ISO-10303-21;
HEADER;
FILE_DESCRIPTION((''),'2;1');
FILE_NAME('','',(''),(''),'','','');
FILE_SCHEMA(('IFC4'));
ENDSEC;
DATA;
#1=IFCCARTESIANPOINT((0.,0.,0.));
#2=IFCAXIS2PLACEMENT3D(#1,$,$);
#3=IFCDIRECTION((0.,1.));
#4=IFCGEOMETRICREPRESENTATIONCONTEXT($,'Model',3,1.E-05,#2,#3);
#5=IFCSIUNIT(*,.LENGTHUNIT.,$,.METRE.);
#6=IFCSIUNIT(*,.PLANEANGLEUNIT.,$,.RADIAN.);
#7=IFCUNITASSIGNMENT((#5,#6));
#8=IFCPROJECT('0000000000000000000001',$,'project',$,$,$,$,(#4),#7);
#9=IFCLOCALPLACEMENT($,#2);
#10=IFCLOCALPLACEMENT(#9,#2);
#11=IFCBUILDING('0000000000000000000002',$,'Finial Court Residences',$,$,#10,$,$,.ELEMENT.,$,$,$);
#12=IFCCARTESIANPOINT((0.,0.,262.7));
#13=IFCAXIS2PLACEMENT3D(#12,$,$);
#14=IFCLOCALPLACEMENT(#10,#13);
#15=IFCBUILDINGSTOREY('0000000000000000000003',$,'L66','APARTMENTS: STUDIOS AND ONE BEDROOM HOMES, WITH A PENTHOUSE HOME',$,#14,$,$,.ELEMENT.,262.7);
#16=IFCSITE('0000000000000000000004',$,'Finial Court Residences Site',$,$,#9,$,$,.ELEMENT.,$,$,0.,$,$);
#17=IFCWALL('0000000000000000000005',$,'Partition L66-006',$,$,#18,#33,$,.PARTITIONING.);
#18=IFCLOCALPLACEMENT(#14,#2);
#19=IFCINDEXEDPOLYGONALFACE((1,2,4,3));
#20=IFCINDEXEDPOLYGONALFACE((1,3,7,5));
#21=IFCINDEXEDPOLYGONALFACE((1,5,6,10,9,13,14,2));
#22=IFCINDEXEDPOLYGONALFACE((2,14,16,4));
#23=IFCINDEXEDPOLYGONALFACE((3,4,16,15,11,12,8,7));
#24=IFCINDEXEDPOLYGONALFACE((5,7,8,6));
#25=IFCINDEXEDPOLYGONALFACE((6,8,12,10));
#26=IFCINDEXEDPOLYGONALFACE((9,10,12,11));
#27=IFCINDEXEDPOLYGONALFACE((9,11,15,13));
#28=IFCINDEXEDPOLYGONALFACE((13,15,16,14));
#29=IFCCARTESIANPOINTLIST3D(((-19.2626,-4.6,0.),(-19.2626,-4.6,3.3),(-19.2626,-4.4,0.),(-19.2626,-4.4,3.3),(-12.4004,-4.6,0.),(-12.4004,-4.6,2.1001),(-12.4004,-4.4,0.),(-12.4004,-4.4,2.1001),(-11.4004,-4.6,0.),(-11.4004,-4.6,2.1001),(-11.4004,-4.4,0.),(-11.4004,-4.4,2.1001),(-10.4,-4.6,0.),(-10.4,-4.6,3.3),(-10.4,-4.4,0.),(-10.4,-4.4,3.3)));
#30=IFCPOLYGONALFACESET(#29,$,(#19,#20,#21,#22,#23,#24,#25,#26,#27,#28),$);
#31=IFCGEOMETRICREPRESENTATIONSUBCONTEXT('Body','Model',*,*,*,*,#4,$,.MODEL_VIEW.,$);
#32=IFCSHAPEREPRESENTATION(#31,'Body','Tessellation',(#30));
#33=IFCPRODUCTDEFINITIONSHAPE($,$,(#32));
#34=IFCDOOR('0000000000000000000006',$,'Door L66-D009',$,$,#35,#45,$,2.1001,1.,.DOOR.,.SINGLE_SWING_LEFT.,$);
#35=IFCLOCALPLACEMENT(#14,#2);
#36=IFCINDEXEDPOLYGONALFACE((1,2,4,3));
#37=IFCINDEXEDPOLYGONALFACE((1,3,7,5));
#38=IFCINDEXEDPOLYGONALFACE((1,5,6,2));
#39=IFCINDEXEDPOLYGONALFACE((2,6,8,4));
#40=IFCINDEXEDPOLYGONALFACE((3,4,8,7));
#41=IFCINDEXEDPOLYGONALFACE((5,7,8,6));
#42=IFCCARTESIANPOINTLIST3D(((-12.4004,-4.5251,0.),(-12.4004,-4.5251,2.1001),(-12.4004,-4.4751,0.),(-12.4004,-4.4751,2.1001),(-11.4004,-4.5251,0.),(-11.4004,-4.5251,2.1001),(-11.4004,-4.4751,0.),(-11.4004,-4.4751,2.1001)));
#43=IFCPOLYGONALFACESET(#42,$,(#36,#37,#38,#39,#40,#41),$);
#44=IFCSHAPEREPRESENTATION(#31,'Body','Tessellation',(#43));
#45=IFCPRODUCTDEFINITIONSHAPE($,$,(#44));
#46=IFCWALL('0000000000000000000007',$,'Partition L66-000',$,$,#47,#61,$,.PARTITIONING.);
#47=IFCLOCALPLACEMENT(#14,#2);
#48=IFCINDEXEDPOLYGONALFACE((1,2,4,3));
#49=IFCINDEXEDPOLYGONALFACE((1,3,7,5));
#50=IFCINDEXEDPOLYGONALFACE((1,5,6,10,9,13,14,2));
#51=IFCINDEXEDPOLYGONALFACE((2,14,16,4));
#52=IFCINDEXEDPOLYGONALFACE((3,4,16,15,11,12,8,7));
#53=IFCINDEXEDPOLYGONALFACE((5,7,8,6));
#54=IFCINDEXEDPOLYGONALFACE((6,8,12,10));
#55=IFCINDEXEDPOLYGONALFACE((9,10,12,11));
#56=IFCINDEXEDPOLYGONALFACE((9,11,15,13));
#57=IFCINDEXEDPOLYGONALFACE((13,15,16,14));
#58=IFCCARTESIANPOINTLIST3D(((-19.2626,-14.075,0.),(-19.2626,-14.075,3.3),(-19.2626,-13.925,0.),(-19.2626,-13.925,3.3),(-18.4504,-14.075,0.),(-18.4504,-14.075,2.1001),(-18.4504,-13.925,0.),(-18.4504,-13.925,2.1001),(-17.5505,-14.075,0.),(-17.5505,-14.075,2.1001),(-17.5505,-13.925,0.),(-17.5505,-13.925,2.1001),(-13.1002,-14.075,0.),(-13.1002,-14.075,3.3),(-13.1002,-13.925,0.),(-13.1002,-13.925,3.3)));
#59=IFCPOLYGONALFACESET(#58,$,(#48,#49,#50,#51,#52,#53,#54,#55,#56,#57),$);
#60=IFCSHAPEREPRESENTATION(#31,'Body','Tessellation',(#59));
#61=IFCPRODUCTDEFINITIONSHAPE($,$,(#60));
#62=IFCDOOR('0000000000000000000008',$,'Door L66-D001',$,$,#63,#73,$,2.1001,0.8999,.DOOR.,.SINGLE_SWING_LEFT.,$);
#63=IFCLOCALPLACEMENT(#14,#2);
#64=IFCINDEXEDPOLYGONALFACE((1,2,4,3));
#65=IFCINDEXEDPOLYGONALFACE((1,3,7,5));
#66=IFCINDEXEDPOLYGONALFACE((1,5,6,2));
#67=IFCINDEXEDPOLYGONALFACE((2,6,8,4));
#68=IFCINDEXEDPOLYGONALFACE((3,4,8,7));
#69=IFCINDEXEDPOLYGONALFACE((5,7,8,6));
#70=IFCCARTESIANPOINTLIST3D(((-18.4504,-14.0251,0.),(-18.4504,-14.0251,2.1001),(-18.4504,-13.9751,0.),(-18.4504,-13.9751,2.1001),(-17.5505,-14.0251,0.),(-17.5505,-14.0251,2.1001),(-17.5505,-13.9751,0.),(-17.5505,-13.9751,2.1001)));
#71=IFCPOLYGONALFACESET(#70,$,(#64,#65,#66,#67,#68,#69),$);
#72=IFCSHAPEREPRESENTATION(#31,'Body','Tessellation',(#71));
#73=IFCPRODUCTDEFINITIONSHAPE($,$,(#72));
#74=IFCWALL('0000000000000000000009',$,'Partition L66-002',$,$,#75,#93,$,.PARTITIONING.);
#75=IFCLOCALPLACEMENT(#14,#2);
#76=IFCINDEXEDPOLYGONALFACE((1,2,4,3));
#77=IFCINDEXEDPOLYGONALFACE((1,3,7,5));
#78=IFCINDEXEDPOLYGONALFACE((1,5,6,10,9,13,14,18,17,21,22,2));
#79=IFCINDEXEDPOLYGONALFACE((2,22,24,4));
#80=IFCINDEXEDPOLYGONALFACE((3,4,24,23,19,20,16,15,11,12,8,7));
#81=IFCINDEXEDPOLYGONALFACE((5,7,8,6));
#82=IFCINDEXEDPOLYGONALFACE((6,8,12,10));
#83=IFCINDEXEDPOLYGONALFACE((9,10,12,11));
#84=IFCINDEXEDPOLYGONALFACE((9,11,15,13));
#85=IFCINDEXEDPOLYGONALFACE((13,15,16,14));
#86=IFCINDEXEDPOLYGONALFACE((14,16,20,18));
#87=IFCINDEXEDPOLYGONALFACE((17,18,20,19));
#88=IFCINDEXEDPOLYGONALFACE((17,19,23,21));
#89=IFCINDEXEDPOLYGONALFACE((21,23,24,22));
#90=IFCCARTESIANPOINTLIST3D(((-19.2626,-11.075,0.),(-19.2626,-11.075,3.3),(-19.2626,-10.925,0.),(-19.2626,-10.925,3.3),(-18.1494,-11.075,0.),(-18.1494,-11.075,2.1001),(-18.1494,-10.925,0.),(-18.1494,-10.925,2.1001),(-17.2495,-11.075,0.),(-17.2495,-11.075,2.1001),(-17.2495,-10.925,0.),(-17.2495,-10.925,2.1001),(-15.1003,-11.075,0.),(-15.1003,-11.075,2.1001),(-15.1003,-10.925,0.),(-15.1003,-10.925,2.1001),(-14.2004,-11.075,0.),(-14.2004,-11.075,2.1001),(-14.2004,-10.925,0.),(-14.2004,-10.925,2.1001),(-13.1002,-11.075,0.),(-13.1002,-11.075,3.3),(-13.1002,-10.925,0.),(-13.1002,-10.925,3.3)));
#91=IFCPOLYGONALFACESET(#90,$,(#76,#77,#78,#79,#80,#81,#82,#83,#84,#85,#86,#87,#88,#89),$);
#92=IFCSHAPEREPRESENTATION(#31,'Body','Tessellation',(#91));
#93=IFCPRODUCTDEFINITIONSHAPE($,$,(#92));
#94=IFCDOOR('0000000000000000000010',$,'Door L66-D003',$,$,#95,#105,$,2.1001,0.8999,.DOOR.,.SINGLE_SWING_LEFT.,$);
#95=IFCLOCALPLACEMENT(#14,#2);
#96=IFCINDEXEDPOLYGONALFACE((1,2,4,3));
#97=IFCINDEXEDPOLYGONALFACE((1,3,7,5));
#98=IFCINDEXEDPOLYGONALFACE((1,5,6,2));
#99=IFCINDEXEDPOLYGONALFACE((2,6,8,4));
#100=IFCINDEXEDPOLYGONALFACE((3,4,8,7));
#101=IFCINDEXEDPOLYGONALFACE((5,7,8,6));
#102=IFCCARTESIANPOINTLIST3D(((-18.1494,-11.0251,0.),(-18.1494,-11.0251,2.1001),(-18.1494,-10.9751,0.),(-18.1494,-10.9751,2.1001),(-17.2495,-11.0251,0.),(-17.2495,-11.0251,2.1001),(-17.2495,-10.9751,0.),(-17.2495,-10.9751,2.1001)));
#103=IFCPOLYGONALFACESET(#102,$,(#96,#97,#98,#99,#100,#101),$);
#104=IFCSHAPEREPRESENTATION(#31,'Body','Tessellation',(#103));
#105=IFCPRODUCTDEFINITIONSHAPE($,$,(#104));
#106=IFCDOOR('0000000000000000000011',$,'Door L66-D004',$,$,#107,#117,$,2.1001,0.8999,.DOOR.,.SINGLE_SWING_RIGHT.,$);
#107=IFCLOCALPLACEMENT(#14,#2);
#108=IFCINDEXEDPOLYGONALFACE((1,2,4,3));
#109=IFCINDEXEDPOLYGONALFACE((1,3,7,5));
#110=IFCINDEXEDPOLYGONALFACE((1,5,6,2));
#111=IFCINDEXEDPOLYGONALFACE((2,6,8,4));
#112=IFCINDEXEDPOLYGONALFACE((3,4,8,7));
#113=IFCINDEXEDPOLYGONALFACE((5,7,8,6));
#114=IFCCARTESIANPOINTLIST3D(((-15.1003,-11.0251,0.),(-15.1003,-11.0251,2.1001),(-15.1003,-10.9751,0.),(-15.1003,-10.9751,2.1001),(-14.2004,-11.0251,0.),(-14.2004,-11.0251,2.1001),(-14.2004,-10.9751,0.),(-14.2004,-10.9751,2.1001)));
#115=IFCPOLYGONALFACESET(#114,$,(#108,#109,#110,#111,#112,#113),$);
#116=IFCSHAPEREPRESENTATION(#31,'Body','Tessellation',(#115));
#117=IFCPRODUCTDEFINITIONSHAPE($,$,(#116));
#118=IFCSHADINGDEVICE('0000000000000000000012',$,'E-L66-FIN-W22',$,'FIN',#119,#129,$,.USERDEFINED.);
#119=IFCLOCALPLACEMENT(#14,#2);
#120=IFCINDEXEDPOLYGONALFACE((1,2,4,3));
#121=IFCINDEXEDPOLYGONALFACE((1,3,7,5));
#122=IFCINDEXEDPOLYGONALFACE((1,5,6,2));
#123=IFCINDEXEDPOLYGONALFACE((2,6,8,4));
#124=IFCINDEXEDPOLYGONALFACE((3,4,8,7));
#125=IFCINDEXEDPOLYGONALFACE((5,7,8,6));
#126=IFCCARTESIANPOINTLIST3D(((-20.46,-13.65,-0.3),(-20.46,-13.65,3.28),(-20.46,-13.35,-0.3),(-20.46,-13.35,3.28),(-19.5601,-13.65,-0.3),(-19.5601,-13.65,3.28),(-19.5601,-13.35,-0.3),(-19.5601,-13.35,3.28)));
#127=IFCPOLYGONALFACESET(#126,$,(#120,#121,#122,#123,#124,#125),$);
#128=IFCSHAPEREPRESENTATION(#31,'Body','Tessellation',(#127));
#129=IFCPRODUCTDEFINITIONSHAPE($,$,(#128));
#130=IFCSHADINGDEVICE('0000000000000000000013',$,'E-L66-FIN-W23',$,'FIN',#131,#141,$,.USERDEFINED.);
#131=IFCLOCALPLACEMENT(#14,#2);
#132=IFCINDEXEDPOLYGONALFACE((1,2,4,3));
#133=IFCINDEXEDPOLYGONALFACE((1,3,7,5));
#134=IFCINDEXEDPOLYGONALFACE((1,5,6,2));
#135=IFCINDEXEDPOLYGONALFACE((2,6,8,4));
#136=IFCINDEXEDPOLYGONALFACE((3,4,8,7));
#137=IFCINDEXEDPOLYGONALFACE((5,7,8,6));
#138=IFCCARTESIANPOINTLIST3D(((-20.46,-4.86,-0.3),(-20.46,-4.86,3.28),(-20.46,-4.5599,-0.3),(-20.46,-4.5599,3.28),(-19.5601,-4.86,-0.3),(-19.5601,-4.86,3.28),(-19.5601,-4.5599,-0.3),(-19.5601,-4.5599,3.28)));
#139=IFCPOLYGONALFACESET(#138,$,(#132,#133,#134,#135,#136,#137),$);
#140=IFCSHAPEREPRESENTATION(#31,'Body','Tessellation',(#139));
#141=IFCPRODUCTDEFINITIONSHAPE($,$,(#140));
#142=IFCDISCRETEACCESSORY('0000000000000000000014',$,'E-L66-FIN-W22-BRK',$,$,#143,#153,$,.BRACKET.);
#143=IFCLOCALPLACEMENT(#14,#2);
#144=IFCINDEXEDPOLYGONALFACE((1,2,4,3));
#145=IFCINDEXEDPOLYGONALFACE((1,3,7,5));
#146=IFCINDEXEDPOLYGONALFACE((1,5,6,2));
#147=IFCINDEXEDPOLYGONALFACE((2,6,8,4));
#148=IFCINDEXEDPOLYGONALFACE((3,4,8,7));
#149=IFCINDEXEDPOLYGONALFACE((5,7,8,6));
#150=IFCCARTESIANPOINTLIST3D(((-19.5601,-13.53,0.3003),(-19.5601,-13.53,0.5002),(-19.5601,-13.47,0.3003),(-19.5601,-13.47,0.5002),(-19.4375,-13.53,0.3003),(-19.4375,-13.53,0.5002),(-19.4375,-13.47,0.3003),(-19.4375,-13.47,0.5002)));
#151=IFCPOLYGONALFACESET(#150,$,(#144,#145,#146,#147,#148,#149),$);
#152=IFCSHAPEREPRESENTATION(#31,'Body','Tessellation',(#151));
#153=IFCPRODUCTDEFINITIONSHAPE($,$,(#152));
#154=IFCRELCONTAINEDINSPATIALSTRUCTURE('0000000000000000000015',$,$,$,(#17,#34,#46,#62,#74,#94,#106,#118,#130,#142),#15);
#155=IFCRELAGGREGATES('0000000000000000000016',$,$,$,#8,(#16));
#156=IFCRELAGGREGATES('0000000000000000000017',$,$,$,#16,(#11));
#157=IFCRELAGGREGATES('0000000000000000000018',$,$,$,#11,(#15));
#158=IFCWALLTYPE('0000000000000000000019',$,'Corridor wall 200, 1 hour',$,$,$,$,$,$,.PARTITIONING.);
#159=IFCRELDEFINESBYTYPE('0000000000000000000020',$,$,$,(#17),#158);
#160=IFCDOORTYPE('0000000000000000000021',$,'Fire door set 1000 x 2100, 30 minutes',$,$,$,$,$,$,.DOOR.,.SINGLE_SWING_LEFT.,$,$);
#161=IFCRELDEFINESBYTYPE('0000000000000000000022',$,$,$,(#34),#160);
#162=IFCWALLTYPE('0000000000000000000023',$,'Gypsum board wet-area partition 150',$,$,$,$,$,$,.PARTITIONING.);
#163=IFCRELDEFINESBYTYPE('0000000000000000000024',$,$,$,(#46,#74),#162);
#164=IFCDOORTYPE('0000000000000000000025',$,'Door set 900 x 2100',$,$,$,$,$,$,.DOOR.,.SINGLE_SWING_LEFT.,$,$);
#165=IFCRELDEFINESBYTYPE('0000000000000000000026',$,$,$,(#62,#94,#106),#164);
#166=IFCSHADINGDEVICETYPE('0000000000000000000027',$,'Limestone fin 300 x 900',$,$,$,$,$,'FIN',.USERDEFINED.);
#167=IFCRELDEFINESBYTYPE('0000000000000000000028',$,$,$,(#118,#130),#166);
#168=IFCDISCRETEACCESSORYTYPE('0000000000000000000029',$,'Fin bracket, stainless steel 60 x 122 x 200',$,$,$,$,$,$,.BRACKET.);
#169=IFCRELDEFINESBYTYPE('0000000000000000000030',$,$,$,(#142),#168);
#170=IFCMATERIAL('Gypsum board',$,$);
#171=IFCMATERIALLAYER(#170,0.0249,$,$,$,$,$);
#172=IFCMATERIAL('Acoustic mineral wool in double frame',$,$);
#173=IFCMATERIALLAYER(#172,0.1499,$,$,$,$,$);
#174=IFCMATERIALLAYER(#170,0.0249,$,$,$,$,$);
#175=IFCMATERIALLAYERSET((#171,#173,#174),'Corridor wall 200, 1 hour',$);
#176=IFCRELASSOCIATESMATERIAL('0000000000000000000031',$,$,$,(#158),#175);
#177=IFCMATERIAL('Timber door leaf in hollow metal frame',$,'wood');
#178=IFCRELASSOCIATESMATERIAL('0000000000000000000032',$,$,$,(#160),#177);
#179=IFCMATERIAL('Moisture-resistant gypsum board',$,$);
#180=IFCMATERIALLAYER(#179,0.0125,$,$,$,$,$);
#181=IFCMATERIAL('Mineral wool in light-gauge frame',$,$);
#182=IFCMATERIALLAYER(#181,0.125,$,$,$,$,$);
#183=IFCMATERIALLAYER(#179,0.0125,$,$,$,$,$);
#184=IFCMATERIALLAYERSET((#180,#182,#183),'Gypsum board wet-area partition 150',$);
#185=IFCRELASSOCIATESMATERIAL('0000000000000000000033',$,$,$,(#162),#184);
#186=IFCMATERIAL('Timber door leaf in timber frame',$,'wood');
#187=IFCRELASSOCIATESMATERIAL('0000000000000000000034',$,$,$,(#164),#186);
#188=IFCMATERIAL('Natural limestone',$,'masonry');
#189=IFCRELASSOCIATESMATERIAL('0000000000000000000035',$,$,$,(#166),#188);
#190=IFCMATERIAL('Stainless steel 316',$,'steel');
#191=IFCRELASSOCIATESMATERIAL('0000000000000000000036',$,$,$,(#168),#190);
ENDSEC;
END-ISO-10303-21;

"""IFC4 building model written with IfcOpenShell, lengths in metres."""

from ifc_helpers import new_model, si_unit, direction, frame, frame_2d, origin, origin_2d, place, context, subcontext, project, spatial, rectangle, extrude, material, layer, layer_set, type_object, element, fill, save


model = new_model("IFC4")

# Units and contexts
model_context = context("Model", 3, precision=1e-05, world=origin(), true_north=direction((0.0, 1.0)))
body_context = subcontext(model_context, "Body", "Model", "MODEL_VIEW")
ifc_project = project(units=[si_unit("LENGTHUNIT", "METRE"), si_unit("PLANEANGLEUNIT", "RADIAN")], contexts=[model_context])

# Site, building, storey
site_placement = place(None, origin())
site = spatial("IfcSite", under=ifc_project, at=site_placement, Name="Finial Court Residences Site", CompositionType="ELEMENT", RefElevation=0.0)
building_placement = place(site_placement, origin())
building = spatial("IfcBuilding", under=site, at=building_placement, Name="Finial Court Residences", CompositionType="ELEMENT")
storey_placement = place(building_placement, frame((0.0, 0.0, 262.7)))
storey = spatial("IfcBuildingStorey", under=building, at=storey_placement, Name="L66", Description="APARTMENTS: STUDIOS AND ONE BEDROOM HOMES, WITH A PENTHOUSE HOME", CompositionType="ELEMENT", Elevation=262.7)

# Walls, openings, doors
ifc_material_1 = material(Name="Gypsum board")
ifc_layer_1 = layer(ifc_material_1, 0.0249)
ifc_material_2 = material(Name="Acoustic mineral wool in double frame")
ifc_layer_2 = layer(ifc_material_2, 0.1499)
ifc_layer_3 = layer(ifc_material_1, 0.0249)
ifc_layer_set_1 = layer_set([ifc_layer_1, ifc_layer_2, ifc_layer_3], Name="Corridor wall 200, 1 hour")
wall_type_1 = type_object("IfcWallType", Name="Corridor wall 200, 1 hour", PredefinedType="PARTITIONING", material=ifc_layer_set_1)
ifc_material_3 = material(Name="Timber door leaf in hollow metal frame", Category="wood")
door_type_1 = type_object("IfcDoorType", Name="Fire door set 1000 x 2100, 30 minutes", OperationType="SINGLE_SWING_LEFT", PredefinedType="DOOR", material=ifc_material_3)
wall_1_placement = place(storey_placement, frame((-19.2625, -4.5, 0.0), z_axis=(0.0, 0.0, 1.0), x_axis=(1.0, 0.0, 0.0)))
wall_1 = element("IfcWall", 1, at=wall_1_placement, inside=storey, type_object=wall_type_1, Name="Partition L66-006", PredefinedType="PARTITIONING", context=body_context, shape_type="SweptSolid", body=[
    extrude(rectangle(XDim=8.8625, YDim=0.2, at=frame_2d((4.4312, 0.0))), origin(), (0.0, 0.0, 1.0), 3.3),
])
opening_1_placement = place(wall_1_placement, frame((6.8621, 0.0, 0.0)))
opening_1 = element("IfcOpeningElement", 2, at=opening_1_placement, cuts=wall_1, PredefinedType="OPENING", context=body_context, shape_type="SweptSolid", body=[
    extrude(rectangle(XDim=1.0, YDim=2.1001, at=frame_2d((0.5, 1.05))), frame((0.0, 0.1099, 0.0), z_axis=(0.0, -1.0, 0.0), x_axis=(1.0, 0.0, 0.0)), (0.0, 0.0, 1.0), 0.22),
])
door_1_placement = place(opening_1_placement, origin())
door_1 = element("IfcDoor", 3, at=door_1_placement, inside=storey, type_object=door_type_1, Name="Door L66-D009", OperationType="SINGLE_SWING_LEFT", OverallHeight=2.1001, OverallWidth=1.0, PredefinedType="DOOR", context=body_context, shape_type="SweptSolid", body=[
    extrude(rectangle(XDim=1.0, YDim=2.1001, at=frame_2d((0.5, 1.05))), frame((0.0, 0.0249, 0.0), z_axis=(0.0, -1.0, 0.0), x_axis=(1.0, 0.0, 0.0)), (0.0, 0.0, 1.0), 0.05),
])
fill(opening_1, door_1)
ifc_material_4 = material(Name="Moisture-resistant gypsum board")
ifc_layer_4 = layer(ifc_material_4, 0.0125)
ifc_material_5 = material(Name="Mineral wool in light-gauge frame")
ifc_layer_5 = layer(ifc_material_5, 0.125)
ifc_layer_6 = layer(ifc_material_4, 0.0125)
ifc_layer_set_2 = layer_set([ifc_layer_4, ifc_layer_5, ifc_layer_6], Name="Gypsum board wet-area partition 150")
wall_type_2 = type_object("IfcWallType", Name="Gypsum board wet-area partition 150", PredefinedType="PARTITIONING", material=ifc_layer_set_2)
wall_2_placement = place(storey_placement, frame((-19.2625, -14.0, 0.0), z_axis=(0.0, 0.0, 1.0), x_axis=(1.0, 0.0, 0.0)))
wall_2 = element("IfcWall", 4, at=wall_2_placement, inside=storey, type_object=wall_type_2, Name="Partition L66-000", PredefinedType="PARTITIONING", context=body_context, shape_type="SweptSolid", body=[
    extrude(rectangle(XDim=6.1624, YDim=0.1499, at=frame_2d((3.0811, 0.0))), origin(), (0.0, 0.0, 1.0), 3.3),
])
opening_2_placement = place(wall_2_placement, frame((0.812, 0.0, 0.0)))
opening_2 = element("IfcOpeningElement", 5, at=opening_2_placement, cuts=wall_2, PredefinedType="OPENING", context=body_context, shape_type="SweptSolid", body=[
    extrude(rectangle(XDim=0.8999, YDim=2.1001, at=frame_2d((0.45, 1.05))), frame((0.0, 0.085, 0.0), z_axis=(0.0, -1.0, 0.0), x_axis=(1.0, 0.0, 0.0)), (0.0, 0.0, 1.0), 0.1699),
])
ifc_material_6 = material(Name="Timber door leaf in timber frame", Category="wood")
door_type_2 = type_object("IfcDoorType", Name="Door set 900 x 2100", OperationType="SINGLE_SWING_LEFT", PredefinedType="DOOR", material=ifc_material_6)
door_2_placement = place(opening_2_placement, origin())
door_2 = element("IfcDoor", 6, at=door_2_placement, inside=storey, type_object=door_type_2, Name="Door L66-D001", OperationType="SINGLE_SWING_LEFT", OverallHeight=2.1001, OverallWidth=0.8999, PredefinedType="DOOR", context=body_context, shape_type="SweptSolid", body=[
    extrude(rectangle(XDim=0.8999, YDim=2.1001, at=frame_2d((0.45, 1.05))), frame((0.0, 0.0249, 0.0), z_axis=(0.0, -1.0, 0.0), x_axis=(1.0, 0.0, 0.0)), (0.0, 0.0, 1.0), 0.05),
])
fill(opening_2, door_2)

# Wall, openings, doors
wall_3_placement = place(storey_placement, frame((-19.2625, -11.0, 0.0), z_axis=(0.0, 0.0, 1.0), x_axis=(1.0, 0.0, 0.0)))
wall_3 = element("IfcWall", 7, at=wall_3_placement, inside=storey, type_object=wall_type_2, Name="Partition L66-002", PredefinedType="PARTITIONING", context=body_context, shape_type="SweptSolid", body=[
    extrude(rectangle(XDim=6.1624, YDim=0.1499, at=frame_2d((3.0811, 0.0))), origin(), (0.0, 0.0, 1.0), 3.3),
])
opening_3_placement = place(wall_3_placement, frame((1.113, 0.0, 0.0)))
opening_3 = element("IfcOpeningElement", 8, at=opening_3_placement, cuts=wall_3, PredefinedType="OPENING", context=body_context, shape_type="SweptSolid", body=[
    extrude(rectangle(XDim=0.8999, YDim=2.1001, at=frame_2d((0.45, 1.05))), frame((0.0, 0.085, 0.0), z_axis=(0.0, -1.0, 0.0), x_axis=(1.0, 0.0, 0.0)), (0.0, 0.0, 1.0), 0.1699),
])
opening_4_placement = place(wall_3_placement, frame((4.1621, 0.0, 0.0)))
opening_4 = element("IfcOpeningElement", 9, at=opening_4_placement, cuts=wall_3, PredefinedType="OPENING", context=body_context, shape_type="SweptSolid", body=[
    extrude(rectangle(XDim=0.8999, YDim=2.1001, at=frame_2d((0.45, 1.05))), frame((0.0, 0.085, 0.0), z_axis=(0.0, -1.0, 0.0), x_axis=(1.0, 0.0, 0.0)), (0.0, 0.0, 1.0), 0.1699),
])
door_3_placement = place(opening_3_placement, origin())
door_3 = element("IfcDoor", 10, at=door_3_placement, inside=storey, type_object=door_type_2, Name="Door L66-D003", OperationType="SINGLE_SWING_LEFT", OverallHeight=2.1001, OverallWidth=0.8999, PredefinedType="DOOR", context=body_context, shape_type="SweptSolid", body=[
    extrude(rectangle(XDim=0.8999, YDim=2.1001, at=frame_2d((0.45, 1.05))), frame((0.0, 0.0249, 0.0), z_axis=(0.0, -1.0, 0.0), x_axis=(1.0, 0.0, 0.0)), (0.0, 0.0, 1.0), 0.05),
])
fill(opening_3, door_3)
door_4_placement = place(opening_4_placement, origin())
door_4 = element("IfcDoor", 11, at=door_4_placement, inside=storey, type_object=door_type_2, Name="Door L66-D004", OperationType="SINGLE_SWING_RIGHT", OverallHeight=2.1001, OverallWidth=0.8999, PredefinedType="DOOR", context=body_context, shape_type="SweptSolid", body=[
    extrude(rectangle(XDim=0.8999, YDim=2.1001, at=frame_2d((0.45, 1.05))), frame((0.0, 0.0249, 0.0), z_axis=(0.0, -1.0, 0.0), x_axis=(1.0, 0.0, 0.0)), (0.0, 0.0, 1.0), 0.05),
])
fill(opening_4, door_4)

# Shading devices
ifc_material_7 = material(Name="Natural limestone", Category="masonry")
shading_device_type = type_object("IfcShadingDeviceType", Name="Limestone fin 300 x 900", ElementType="FIN", PredefinedType="USERDEFINED", material=ifc_material_7)
for number, where, z_axis, x_axis, name in (
    (12, (-20.01, -13.5, -0.3), (0.0, 0.0, 1.0), (1.0, 0.0, 0.0), "E-L66-FIN-W22"),
    (13, (-20.01, -4.71, -0.3), (0.0, 0.0, 1.0), (1.0, 0.0, 0.0), "E-L66-FIN-W23"),
):
    element("IfcShadingDevice", number, at=place(storey_placement, frame(where, z_axis=z_axis, x_axis=x_axis)), inside=storey, type_object=shading_device_type, Name=name, ObjectType="FIN", PredefinedType="USERDEFINED", context=body_context, shape_type="SweptSolid", body=[
        extrude(rectangle(XDim=0.8999, YDim=0.3, at=origin_2d()), origin(), (0.0, 0.0, 1.0), 3.5801),
    ])

# Discrete accessory
ifc_material_8 = material(Name="Stainless steel 316", Category="steel")
discrete_accessory_type = type_object("IfcDiscreteAccessoryType", Name="Fin bracket, stainless steel 60 x 122 x 200", PredefinedType="BRACKET", material=ifc_material_8)
discrete_accessory_placement = place(storey_placement, frame((-19.4988, -13.5, 0.3003), z_axis=(0.0, 0.0, 1.0), x_axis=(1.0, 0.0, 0.0)))
element("IfcDiscreteAccessory", 14, at=discrete_accessory_placement, inside=storey, type_object=discrete_accessory_type, Name="E-L66-FIN-W22-BRK", PredefinedType="BRACKET", context=body_context, shape_type="SweptSolid", body=[
    extrude(rectangle(XDim=0.1226, YDim=0.0601, at=origin_2d()), origin(), (0.0, 0.0, 1.0), 0.2),
])

save(model, "model.ifc")
